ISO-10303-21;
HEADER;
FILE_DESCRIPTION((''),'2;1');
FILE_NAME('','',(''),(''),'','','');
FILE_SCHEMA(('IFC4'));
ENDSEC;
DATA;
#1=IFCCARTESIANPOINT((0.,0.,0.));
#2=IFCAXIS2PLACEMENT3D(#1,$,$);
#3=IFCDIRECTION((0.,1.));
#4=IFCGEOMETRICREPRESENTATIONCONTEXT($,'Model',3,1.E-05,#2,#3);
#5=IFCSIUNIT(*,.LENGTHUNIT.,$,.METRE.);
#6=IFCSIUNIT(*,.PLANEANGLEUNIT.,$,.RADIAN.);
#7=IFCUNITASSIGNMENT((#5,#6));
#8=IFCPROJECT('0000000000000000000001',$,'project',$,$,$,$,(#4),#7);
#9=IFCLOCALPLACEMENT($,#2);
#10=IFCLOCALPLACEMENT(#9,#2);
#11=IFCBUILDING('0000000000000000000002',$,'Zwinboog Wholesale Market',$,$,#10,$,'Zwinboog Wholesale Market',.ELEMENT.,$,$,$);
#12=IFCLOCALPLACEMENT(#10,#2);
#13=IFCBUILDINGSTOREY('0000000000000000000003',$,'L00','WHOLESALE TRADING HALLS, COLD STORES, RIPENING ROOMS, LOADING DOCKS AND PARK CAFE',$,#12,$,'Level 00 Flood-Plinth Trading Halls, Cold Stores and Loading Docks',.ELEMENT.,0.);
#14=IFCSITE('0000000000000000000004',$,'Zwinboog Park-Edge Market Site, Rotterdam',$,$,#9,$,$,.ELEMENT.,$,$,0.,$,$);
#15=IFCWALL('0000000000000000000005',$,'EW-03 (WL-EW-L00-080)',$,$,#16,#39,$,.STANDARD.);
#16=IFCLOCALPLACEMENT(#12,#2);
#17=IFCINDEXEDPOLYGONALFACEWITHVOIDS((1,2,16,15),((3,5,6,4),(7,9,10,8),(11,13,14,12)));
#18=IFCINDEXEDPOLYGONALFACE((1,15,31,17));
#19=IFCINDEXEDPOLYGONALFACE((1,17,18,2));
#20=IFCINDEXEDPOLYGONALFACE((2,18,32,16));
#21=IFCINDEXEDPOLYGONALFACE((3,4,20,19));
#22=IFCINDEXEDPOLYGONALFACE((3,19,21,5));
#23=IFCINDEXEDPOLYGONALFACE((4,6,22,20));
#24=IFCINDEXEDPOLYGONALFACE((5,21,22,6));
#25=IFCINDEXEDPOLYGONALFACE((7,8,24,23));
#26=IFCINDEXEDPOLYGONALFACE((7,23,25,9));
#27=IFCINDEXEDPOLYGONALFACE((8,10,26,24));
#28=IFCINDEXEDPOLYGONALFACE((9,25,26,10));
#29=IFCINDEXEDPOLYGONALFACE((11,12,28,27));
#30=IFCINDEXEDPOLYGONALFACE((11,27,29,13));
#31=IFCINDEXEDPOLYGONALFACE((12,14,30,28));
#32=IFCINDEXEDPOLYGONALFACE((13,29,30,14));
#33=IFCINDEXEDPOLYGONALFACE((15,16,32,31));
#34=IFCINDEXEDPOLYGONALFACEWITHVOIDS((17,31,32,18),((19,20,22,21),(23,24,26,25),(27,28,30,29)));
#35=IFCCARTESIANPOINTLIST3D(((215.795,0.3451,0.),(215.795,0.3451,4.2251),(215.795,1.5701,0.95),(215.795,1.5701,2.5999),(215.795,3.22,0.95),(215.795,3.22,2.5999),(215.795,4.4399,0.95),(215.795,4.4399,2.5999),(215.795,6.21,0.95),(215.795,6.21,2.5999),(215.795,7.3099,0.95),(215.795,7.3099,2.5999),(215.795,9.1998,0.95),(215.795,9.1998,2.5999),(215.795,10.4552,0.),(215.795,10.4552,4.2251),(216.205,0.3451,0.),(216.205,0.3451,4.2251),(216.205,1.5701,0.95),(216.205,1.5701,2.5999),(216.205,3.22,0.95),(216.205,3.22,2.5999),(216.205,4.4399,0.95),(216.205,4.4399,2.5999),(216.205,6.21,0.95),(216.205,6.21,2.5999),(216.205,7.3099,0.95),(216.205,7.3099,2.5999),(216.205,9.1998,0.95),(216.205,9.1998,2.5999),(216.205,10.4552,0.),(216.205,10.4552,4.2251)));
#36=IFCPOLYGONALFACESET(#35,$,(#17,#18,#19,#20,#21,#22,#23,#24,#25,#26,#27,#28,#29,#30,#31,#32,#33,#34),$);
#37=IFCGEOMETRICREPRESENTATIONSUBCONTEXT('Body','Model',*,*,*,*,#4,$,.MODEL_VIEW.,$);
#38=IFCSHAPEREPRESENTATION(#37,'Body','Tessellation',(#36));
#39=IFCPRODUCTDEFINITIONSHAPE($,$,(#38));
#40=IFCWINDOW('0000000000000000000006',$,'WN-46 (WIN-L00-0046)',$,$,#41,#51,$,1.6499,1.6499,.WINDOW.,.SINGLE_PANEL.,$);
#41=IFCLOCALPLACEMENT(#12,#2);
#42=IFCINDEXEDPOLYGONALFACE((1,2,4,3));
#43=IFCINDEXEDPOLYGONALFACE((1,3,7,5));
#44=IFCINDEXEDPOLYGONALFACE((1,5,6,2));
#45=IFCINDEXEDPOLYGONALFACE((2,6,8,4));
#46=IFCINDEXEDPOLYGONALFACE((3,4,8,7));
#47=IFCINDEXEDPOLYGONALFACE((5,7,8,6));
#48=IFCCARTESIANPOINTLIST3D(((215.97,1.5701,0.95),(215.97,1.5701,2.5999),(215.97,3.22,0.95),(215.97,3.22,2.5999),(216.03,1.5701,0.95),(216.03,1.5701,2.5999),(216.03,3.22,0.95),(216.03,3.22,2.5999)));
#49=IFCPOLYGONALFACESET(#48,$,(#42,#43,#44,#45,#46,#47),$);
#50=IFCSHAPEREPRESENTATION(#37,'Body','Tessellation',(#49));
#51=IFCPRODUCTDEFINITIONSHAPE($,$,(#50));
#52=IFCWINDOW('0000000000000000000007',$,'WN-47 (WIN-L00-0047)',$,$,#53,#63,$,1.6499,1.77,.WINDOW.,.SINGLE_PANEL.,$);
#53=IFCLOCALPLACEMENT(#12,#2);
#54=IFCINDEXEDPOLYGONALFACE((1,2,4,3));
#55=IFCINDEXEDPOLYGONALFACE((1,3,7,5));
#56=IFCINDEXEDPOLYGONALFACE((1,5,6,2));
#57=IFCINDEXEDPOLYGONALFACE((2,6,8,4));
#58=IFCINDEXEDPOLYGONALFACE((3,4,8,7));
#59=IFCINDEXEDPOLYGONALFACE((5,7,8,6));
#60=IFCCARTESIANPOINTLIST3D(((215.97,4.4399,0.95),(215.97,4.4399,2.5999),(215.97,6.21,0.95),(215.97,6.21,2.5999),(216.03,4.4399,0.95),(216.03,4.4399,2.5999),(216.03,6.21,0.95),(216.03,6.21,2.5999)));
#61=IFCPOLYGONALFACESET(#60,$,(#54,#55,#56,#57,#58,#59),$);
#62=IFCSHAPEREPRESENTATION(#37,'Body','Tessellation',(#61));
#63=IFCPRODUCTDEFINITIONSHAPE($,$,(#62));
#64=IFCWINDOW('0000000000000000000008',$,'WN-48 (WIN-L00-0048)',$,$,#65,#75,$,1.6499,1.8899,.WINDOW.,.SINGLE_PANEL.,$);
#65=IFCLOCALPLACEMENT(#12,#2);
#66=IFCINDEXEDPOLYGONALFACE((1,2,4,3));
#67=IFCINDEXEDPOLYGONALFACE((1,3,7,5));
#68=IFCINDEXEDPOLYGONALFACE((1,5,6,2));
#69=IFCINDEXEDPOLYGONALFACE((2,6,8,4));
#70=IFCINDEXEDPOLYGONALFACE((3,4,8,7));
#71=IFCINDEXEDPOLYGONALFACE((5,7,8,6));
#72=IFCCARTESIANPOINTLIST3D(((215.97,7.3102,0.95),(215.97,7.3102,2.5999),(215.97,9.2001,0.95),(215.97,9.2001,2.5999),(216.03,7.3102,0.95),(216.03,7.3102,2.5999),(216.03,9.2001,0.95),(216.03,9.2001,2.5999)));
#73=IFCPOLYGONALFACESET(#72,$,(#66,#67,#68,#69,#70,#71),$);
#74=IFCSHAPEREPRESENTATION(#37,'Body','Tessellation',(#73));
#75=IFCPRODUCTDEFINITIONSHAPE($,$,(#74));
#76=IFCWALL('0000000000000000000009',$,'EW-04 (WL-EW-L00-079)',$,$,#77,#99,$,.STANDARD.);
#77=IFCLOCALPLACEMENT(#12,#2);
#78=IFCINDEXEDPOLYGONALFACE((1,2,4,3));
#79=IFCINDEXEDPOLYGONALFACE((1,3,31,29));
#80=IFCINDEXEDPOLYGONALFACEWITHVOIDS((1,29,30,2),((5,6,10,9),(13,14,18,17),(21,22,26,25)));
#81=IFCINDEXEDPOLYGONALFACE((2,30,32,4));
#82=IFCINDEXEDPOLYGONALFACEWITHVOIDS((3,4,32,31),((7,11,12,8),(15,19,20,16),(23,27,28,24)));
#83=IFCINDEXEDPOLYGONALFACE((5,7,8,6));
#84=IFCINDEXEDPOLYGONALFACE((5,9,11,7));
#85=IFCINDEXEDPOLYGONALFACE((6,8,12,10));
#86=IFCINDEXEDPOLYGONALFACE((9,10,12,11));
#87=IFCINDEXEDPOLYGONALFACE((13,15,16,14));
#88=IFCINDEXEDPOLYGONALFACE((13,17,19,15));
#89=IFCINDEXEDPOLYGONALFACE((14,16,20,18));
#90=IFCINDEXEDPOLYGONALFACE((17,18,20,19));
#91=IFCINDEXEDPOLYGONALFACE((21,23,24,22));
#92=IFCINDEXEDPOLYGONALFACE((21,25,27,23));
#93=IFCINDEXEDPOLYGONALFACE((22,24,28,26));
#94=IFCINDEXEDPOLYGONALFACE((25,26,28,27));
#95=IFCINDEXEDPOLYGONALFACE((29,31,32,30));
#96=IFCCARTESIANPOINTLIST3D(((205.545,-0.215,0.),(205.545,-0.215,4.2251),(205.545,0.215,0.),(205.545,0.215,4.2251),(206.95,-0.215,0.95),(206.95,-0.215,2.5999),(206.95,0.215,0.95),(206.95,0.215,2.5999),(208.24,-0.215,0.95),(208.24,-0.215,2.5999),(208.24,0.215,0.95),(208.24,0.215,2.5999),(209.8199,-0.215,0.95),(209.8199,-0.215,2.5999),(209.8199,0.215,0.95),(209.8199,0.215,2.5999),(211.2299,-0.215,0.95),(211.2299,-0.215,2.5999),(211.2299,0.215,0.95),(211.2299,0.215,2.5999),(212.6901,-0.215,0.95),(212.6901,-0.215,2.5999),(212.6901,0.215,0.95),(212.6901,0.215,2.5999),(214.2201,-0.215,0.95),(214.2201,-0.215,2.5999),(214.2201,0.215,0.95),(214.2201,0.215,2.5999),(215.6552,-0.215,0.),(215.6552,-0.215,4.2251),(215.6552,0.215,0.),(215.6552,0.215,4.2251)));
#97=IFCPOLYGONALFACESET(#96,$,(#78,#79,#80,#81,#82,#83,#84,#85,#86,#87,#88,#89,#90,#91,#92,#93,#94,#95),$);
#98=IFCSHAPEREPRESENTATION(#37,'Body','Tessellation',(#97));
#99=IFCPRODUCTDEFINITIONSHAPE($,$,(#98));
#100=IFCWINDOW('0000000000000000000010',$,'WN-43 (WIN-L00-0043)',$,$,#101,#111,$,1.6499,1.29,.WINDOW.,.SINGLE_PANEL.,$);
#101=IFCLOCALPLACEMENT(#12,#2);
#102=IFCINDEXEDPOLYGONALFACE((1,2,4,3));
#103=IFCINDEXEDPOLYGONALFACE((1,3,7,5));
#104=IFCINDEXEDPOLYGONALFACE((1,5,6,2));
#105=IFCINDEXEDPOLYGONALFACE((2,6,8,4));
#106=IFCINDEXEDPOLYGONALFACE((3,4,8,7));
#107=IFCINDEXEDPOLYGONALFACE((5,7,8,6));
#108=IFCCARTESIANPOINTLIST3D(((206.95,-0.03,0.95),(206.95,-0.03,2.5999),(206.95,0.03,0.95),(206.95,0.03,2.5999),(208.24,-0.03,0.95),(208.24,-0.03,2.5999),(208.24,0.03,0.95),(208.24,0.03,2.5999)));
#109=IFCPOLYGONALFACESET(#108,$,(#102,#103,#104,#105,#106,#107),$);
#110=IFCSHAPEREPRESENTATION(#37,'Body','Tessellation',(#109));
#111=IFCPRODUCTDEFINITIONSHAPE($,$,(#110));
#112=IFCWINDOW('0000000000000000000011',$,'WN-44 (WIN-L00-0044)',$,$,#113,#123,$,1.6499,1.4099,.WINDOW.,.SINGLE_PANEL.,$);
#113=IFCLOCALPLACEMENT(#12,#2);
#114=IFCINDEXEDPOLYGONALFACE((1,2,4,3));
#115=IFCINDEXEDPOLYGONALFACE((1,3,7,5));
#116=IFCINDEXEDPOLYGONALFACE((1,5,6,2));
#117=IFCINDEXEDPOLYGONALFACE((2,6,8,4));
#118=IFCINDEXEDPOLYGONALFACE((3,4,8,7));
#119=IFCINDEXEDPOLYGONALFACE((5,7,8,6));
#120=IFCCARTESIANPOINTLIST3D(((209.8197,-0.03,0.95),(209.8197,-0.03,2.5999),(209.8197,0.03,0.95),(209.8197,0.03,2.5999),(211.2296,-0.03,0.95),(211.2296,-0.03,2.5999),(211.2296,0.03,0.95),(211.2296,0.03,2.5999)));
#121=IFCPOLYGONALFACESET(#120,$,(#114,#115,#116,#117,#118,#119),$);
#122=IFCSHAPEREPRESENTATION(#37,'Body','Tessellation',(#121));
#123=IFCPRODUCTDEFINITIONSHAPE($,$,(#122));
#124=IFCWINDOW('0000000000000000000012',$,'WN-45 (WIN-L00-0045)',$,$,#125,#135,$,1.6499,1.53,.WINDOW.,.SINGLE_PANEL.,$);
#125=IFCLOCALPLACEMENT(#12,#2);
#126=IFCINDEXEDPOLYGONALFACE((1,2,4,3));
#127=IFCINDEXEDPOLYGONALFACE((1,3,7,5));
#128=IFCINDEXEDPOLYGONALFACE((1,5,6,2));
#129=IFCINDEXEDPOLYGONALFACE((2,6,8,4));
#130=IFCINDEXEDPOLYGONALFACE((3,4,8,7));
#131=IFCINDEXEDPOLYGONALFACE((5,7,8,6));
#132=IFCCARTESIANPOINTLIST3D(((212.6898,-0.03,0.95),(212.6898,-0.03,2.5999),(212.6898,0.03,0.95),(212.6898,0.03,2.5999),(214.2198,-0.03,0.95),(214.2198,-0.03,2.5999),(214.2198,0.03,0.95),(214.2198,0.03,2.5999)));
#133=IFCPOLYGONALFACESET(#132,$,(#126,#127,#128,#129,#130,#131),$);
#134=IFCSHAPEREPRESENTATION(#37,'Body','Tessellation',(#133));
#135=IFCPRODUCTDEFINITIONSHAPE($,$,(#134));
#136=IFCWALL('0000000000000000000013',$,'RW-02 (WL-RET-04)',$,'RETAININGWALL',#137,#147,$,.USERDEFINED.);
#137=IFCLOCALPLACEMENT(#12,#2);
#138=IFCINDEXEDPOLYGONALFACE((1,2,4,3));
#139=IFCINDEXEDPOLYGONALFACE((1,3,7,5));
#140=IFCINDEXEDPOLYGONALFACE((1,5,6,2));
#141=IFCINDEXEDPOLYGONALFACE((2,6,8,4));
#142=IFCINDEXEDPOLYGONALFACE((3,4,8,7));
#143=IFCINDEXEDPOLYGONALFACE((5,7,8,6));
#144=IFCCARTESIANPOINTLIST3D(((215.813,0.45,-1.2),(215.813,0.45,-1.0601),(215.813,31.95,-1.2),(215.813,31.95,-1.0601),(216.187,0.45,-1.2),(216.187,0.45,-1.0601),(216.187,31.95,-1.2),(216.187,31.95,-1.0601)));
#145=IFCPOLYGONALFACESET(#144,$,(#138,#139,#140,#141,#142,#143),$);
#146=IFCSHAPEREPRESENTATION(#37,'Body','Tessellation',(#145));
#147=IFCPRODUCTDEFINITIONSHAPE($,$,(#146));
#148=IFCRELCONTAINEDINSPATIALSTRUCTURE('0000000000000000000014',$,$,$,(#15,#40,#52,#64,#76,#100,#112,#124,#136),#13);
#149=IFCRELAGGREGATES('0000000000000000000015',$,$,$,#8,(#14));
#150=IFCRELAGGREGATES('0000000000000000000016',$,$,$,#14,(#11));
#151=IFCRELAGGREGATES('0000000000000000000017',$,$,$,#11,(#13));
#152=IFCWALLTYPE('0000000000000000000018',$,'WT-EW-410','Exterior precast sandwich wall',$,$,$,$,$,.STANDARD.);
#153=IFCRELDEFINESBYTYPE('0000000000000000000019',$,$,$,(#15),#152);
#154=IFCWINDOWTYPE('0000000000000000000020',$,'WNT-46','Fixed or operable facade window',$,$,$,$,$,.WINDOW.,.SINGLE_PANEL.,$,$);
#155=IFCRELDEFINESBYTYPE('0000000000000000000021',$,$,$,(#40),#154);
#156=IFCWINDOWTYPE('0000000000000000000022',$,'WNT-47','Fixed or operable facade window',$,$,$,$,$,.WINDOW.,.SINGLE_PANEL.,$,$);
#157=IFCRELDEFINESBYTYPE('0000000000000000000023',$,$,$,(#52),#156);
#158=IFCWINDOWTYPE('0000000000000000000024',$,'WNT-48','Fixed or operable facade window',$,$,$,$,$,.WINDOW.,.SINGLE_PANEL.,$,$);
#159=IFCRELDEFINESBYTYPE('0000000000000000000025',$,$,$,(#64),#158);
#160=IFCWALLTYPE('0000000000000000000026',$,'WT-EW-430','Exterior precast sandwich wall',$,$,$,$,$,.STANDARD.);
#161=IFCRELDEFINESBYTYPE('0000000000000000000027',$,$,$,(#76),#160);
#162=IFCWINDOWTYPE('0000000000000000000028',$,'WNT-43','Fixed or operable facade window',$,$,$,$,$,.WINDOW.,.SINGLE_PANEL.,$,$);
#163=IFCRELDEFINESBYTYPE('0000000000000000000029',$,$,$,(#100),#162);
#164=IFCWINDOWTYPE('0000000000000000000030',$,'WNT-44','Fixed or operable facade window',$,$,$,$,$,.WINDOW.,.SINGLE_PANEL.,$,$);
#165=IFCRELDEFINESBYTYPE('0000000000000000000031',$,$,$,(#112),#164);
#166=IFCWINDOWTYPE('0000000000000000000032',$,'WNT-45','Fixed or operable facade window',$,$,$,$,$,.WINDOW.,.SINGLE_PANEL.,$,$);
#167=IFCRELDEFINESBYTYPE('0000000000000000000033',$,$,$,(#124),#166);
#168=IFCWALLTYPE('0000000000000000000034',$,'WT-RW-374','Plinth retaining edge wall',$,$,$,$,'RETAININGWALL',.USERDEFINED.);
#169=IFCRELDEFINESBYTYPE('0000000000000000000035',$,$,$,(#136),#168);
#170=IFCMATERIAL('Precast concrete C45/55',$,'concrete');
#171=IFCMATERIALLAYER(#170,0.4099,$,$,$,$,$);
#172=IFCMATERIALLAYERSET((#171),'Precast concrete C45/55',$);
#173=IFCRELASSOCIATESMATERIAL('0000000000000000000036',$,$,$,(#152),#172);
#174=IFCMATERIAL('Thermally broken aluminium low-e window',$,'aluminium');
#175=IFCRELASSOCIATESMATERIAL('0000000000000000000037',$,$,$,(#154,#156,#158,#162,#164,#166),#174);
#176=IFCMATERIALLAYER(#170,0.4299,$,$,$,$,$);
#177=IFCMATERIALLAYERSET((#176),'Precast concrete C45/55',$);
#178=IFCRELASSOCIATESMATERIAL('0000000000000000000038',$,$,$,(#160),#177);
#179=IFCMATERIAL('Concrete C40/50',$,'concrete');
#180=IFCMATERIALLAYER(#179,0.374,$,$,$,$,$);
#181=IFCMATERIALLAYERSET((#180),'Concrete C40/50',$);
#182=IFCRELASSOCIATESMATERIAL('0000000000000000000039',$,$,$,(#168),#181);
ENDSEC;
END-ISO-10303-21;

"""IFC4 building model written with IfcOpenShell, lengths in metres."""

from ifc_helpers import new_model, si_unit, direction, frame, frame_2d, origin, place, context, subcontext, project, spatial, rectangle, extrude, material, layer, layer_set, type_object, element, fill, save


model = new_model("IFC4")

# Units and contexts
model_context = context("Model", 3, precision=1e-05, world=origin(), true_north=direction((0.0, 1.0)))
body_context = subcontext(model_context, "Body", "Model", "MODEL_VIEW")
ifc_project = project(units=[si_unit("LENGTHUNIT", "METRE"), si_unit("PLANEANGLEUNIT", "RADIAN")], contexts=[model_context])

# Site, building, storey
site_placement = place(None, origin())
site = spatial("IfcSite", under=ifc_project, at=site_placement, Name="Zwinboog Park-Edge Market Site, Rotterdam", CompositionType="ELEMENT", RefElevation=0.0)
building_placement = place(site_placement, origin())
building = spatial("IfcBuilding", under=site, at=building_placement, Name="Zwinboog Wholesale Market", LongName="Zwinboog Wholesale Market", CompositionType="ELEMENT")
storey_placement = place(building_placement, origin())
storey = spatial("IfcBuildingStorey", under=building, at=storey_placement, Name="L00", Description="WHOLESALE TRADING HALLS, COLD STORES, RIPENING ROOMS, LOADING DOCKS AND PARK CAFE", LongName="Level 00 Flood-Plinth Trading Halls, Cold Stores and Loading Docks", CompositionType="ELEMENT", Elevation=0.0)

# Shared definitions
ifc_material_1 = material(Name="Concrete C40/50", Category="concrete")

# Shared definitions
ifc_material_2 = material(Name="Precast concrete C45/55", Category="concrete")

# Walls, openings, windows
ifc_layer_1 = layer(ifc_material_2, 0.4099)
ifc_layer_set_1 = layer_set([ifc_layer_1], Name="Precast concrete C45/55")
wall_type_1 = type_object("IfcWallType", Name="WT-EW-410", Description="Exterior precast sandwich wall", PredefinedType="STANDARD", material=ifc_layer_set_1)
wall_1_placement = place(storey_placement, frame((216.0, 0.345, 0.0), z_axis=(0.0, 0.0, 1.0), x_axis=(0.0, 1.0, 0.0)))
wall_1 = element("IfcWall", 1, at=wall_1_placement, inside=storey, type_object=wall_type_1, Name="EW-03 (WL-EW-L00-080)", PredefinedType="STANDARD", context=body_context, shape_type="SweptSolid", body=[
    extrude(rectangle(XDim=10.1101, YDim=0.4099, at=frame_2d((5.0552, 0.0))), origin(), (0.0, 0.0, 1.0), 4.2251),
])
opening_1_placement = place(wall_1_placement, frame((1.2251, 0.0, 0.95)))
opening_1 = element("IfcOpeningElement", 2, at=opening_1_placement, cuts=wall_1, PredefinedType="OPENING", context=body_context, shape_type="SweptSolid", body=[
    extrude(rectangle(XDim=1.6499, YDim=1.6499, at=frame_2d((0.825, 0.825))), frame((0.0, 0.2148, 0.0), z_axis=(0.0, -1.0, 0.0), x_axis=(1.0, 0.0, 0.0)), (0.0, 0.0, 1.0), 0.4299),
])
opening_2_placement = place(wall_1_placement, frame((4.095, 0.0, 0.95)))
opening_2 = element("IfcOpeningElement", 3, at=opening_2_placement, cuts=wall_1, PredefinedType="OPENING", context=body_context, shape_type="SweptSolid", body=[
    extrude(rectangle(XDim=1.77, YDim=1.6499, at=frame_2d((0.885, 0.825))), frame((0.0, 0.2148, 0.0), z_axis=(0.0, -1.0, 0.0), x_axis=(1.0, 0.0, 0.0)), (0.0, 0.0, 1.0), 0.4299),
])
opening_3_placement = place(wall_1_placement, frame((6.9651, 0.0, 0.95)))
opening_3 = element("IfcOpeningElement", 4, at=opening_3_placement, cuts=wall_1, PredefinedType="OPENING", context=body_context, shape_type="SweptSolid", body=[
    extrude(rectangle(XDim=1.8899, YDim=1.6499, at=frame_2d((0.9448, 0.825))), frame((0.0, 0.2148, 0.0), z_axis=(0.0, -1.0, 0.0), x_axis=(1.0, 0.0, 0.0)), (0.0, 0.0, 1.0), 0.4299),
])
ifc_material_3 = material(Name="Thermally broken aluminium low-e window", Category="aluminium")
window_type_1 = type_object("IfcWindowType", Name="WNT-46", Description="Fixed or operable facade window", PartitioningType="SINGLE_PANEL", PredefinedType="WINDOW", material=ifc_material_3)
window_1_placement = place(opening_1_placement, frame((1.6499, 0.0, 0.0), z_axis=(0.0, 0.0, 1.0), x_axis=(-1.0, 0.0, 0.0)))
window_1 = element("IfcWindow", 5, at=window_1_placement, inside=storey, type_object=window_type_1, Name="WN-46 (WIN-L00-0046)", OverallHeight=1.6499, OverallWidth=1.6499, PartitioningType="SINGLE_PANEL", PredefinedType="WINDOW", context=body_context, shape_type="SweptSolid", body=[
    extrude(rectangle(XDim=1.6499, YDim=1.6499, at=frame_2d((0.825, 0.825))), frame((0.0, 0.03, 0.0), z_axis=(0.0, -1.0, 0.0), x_axis=(1.0, 0.0, 0.0)), (0.0, 0.0, 1.0), 0.0601),
])
fill(opening_1, window_1)
window_type_2 = type_object("IfcWindowType", Name="WNT-47", Description="Fixed or operable facade window", PartitioningType="SINGLE_PANEL", PredefinedType="WINDOW", material=ifc_material_3)
window_2_placement = place(opening_2_placement, frame((1.77, 0.0, 0.0), z_axis=(0.0, 0.0, 1.0), x_axis=(-1.0, 0.0, 0.0)))
window_2 = element("IfcWindow", 6, at=window_2_placement, inside=storey, type_object=window_type_2, Name="WN-47 (WIN-L00-0047)", OverallHeight=1.6499, OverallWidth=1.77, PartitioningType="SINGLE_PANEL", PredefinedType="WINDOW", context=body_context, shape_type="SweptSolid", body=[
    extrude(rectangle(XDim=1.77, YDim=1.6499, at=frame_2d((0.885, 0.825))), frame((0.0, 0.03, 0.0), z_axis=(0.0, -1.0, 0.0), x_axis=(1.0, 0.0, 0.0)), (0.0, 0.0, 1.0), 0.0601),
])
fill(opening_2, window_2)
window_type_3 = type_object("IfcWindowType", Name="WNT-48", Description="Fixed or operable facade window", PartitioningType="SINGLE_PANEL", PredefinedType="WINDOW", material=ifc_material_3)
window_3_placement = place(opening_3_placement, frame((1.8899, 0.0, 0.0), z_axis=(0.0, 0.0, 1.0), x_axis=(-1.0, 0.0, 0.0)))
window_3 = element("IfcWindow", 7, at=window_3_placement, inside=storey, type_object=window_type_3, Name="WN-48 (WIN-L00-0048)", OverallHeight=1.6499, OverallWidth=1.8899, PartitioningType="SINGLE_PANEL", PredefinedType="WINDOW", context=body_context, shape_type="SweptSolid", body=[
    extrude(rectangle(XDim=1.8899, YDim=1.6499, at=frame_2d((0.9448, 0.825))), frame((0.0, 0.03, 0.0), z_axis=(0.0, -1.0, 0.0), x_axis=(1.0, 0.0, 0.0)), (0.0, 0.0, 1.0), 0.0601),
])
fill(opening_3, window_3)
ifc_layer_2 = layer(ifc_material_2, 0.4299)
ifc_layer_set_2 = layer_set([ifc_layer_2], Name="Precast concrete C45/55")
wall_type_2 = type_object("IfcWallType", Name="WT-EW-430", Description="Exterior precast sandwich wall", PredefinedType="STANDARD", material=ifc_layer_set_2)
wall_2_placement = place(storey_placement, frame((205.5449, 0.0, 0.0), z_axis=(0.0, 0.0, 1.0), x_axis=(1.0, 0.0, 0.0)))
wall_2 = element("IfcWall", 8, at=wall_2_placement, inside=storey, type_object=wall_type_2, Name="EW-04 (WL-EW-L00-079)", PredefinedType="STANDARD", context=body_context, shape_type="SweptSolid", body=[
    extrude(rectangle(XDim=10.1101, YDim=0.4299, at=frame_2d((5.0552, 0.0))), origin(), (0.0, 0.0, 1.0), 4.2251),
])
opening_4_placement = place(wall_2_placement, frame((1.405, 0.0, 0.95)))
opening_4 = element("IfcOpeningElement", 9, at=opening_4_placement, cuts=wall_2, PredefinedType="OPENING", context=body_context, shape_type="SweptSolid", body=[
    extrude(rectangle(XDim=1.29, YDim=1.6499, at=frame_2d((0.645, 0.825))), frame((0.0, 0.2249, 0.0), z_axis=(0.0, -1.0, 0.0), x_axis=(1.0, 0.0, 0.0)), (0.0, 0.0, 1.0), 0.45),
])
opening_5_placement = place(wall_2_placement, frame((4.2749, 0.0, 0.95)))
opening_5 = element("IfcOpeningElement", 10, at=opening_5_placement, cuts=wall_2, PredefinedType="OPENING", context=body_context, shape_type="SweptSolid", body=[
    extrude(rectangle(XDim=1.4099, YDim=1.6499, at=frame_2d((0.7051, 0.825))), frame((0.0, 0.2249, 0.0), z_axis=(0.0, -1.0, 0.0), x_axis=(1.0, 0.0, 0.0)), (0.0, 0.0, 1.0), 0.45),
])
opening_6_placement = place(wall_2_placement, frame((7.145, 0.0, 0.95)))
opening_6 = element("IfcOpeningElement", 11, at=opening_6_placement, cuts=wall_2, PredefinedType="OPENING", context=body_context, shape_type="SweptSolid", body=[
    extrude(rectangle(XDim=1.53, YDim=1.6499, at=frame_2d((0.7651, 0.825))), frame((0.0, 0.2249, 0.0), z_axis=(0.0, -1.0, 0.0), x_axis=(1.0, 0.0, 0.0)), (0.0, 0.0, 1.0), 0.45),
])
window_type_4 = type_object("IfcWindowType", Name="WNT-43", Description="Fixed or operable facade window", PartitioningType="SINGLE_PANEL", PredefinedType="WINDOW", material=ifc_material_3)
window_4_placement = place(opening_4_placement, frame((1.29, 0.0, 0.0), z_axis=(0.0, 0.0, 1.0), x_axis=(-1.0, 0.0, 0.0)))
window_4 = element("IfcWindow", 12, at=window_4_placement, inside=storey, type_object=window_type_4, Name="WN-43 (WIN-L00-0043)", OverallHeight=1.6499, OverallWidth=1.29, PartitioningType="SINGLE_PANEL", PredefinedType="WINDOW", context=body_context, shape_type="SweptSolid", body=[
    extrude(rectangle(XDim=1.29, YDim=1.6499, at=frame_2d((0.645, 0.825))), frame((0.0, 0.03, 0.0), z_axis=(0.0, -1.0, 0.0), x_axis=(1.0, 0.0, 0.0)), (0.0, 0.0, 1.0), 0.0601),
])
fill(opening_4, window_4)
window_type_5 = type_object("IfcWindowType", Name="WNT-44", Description="Fixed or operable facade window", PartitioningType="SINGLE_PANEL", PredefinedType="WINDOW", material=ifc_material_3)
window_5_placement = place(opening_5_placement, frame((1.4099, 0.0, 0.0), z_axis=(0.0, 0.0, 1.0), x_axis=(-1.0, 0.0, 0.0)))
window_5 = element("IfcWindow", 13, at=window_5_placement, inside=storey, type_object=window_type_5, Name="WN-44 (WIN-L00-0044)", OverallHeight=1.6499, OverallWidth=1.4099, PartitioningType="SINGLE_PANEL", PredefinedType="WINDOW", context=body_context, shape_type="SweptSolid", body=[
    extrude(rectangle(XDim=1.4099, YDim=1.6499, at=frame_2d((0.7051, 0.825))), frame((0.0, 0.03, 0.0), z_axis=(0.0, -1.0, 0.0), x_axis=(1.0, 0.0, 0.0)), (0.0, 0.0, 1.0), 0.0601),
])
fill(opening_5, window_5)
window_type_6 = type_object("IfcWindowType", Name="WNT-45", Description="Fixed or operable facade window", PartitioningType="SINGLE_PANEL", PredefinedType="WINDOW", material=ifc_material_3)
window_6_placement = place(opening_6_placement, frame((1.53, 0.0, 0.0), z_axis=(0.0, 0.0, 1.0), x_axis=(-1.0, 0.0, 0.0)))
window_6 = element("IfcWindow", 14, at=window_6_placement, inside=storey, type_object=window_type_6, Name="WN-45 (WIN-L00-0045)", OverallHeight=1.6499, OverallWidth=1.53, PartitioningType="SINGLE_PANEL", PredefinedType="WINDOW", context=body_context, shape_type="SweptSolid", body=[
    extrude(rectangle(XDim=1.53, YDim=1.6499, at=frame_2d((0.7651, 0.825))), frame((0.0, 0.03, 0.0), z_axis=(0.0, -1.0, 0.0), x_axis=(1.0, 0.0, 0.0)), (0.0, 0.0, 1.0), 0.0601),
])
fill(opening_6, window_6)

# Wall
ifc_layer_3 = layer(ifc_material_1, 0.374)
ifc_layer_set_3 = layer_set([ifc_layer_3], Name="Concrete C40/50")
wall_type_3 = type_object("IfcWallType", Name="WT-RW-374", Description="Plinth retaining edge wall", ElementType="RETAININGWALL", PredefinedType="USERDEFINED", material=ifc_layer_set_3)
wall_3_placement = place(storey_placement, frame((216.0, 0.45, -1.2), z_axis=(0.0, 0.0, 1.0), x_axis=(0.0, 1.0, 0.0)))
element("IfcWall", 15, at=wall_3_placement, inside=storey, type_object=wall_type_3, Name="RW-02 (WL-RET-04)", ObjectType="RETAININGWALL", PredefinedType="USERDEFINED", context=body_context, shape_type="SweptSolid", body=[
    extrude(rectangle(XDim=31.5, YDim=0.374, at=frame_2d((15.75, 0.0))), origin(), (0.0, 0.0, 1.0), 0.1399),
])

save(model, "model.ifc")
